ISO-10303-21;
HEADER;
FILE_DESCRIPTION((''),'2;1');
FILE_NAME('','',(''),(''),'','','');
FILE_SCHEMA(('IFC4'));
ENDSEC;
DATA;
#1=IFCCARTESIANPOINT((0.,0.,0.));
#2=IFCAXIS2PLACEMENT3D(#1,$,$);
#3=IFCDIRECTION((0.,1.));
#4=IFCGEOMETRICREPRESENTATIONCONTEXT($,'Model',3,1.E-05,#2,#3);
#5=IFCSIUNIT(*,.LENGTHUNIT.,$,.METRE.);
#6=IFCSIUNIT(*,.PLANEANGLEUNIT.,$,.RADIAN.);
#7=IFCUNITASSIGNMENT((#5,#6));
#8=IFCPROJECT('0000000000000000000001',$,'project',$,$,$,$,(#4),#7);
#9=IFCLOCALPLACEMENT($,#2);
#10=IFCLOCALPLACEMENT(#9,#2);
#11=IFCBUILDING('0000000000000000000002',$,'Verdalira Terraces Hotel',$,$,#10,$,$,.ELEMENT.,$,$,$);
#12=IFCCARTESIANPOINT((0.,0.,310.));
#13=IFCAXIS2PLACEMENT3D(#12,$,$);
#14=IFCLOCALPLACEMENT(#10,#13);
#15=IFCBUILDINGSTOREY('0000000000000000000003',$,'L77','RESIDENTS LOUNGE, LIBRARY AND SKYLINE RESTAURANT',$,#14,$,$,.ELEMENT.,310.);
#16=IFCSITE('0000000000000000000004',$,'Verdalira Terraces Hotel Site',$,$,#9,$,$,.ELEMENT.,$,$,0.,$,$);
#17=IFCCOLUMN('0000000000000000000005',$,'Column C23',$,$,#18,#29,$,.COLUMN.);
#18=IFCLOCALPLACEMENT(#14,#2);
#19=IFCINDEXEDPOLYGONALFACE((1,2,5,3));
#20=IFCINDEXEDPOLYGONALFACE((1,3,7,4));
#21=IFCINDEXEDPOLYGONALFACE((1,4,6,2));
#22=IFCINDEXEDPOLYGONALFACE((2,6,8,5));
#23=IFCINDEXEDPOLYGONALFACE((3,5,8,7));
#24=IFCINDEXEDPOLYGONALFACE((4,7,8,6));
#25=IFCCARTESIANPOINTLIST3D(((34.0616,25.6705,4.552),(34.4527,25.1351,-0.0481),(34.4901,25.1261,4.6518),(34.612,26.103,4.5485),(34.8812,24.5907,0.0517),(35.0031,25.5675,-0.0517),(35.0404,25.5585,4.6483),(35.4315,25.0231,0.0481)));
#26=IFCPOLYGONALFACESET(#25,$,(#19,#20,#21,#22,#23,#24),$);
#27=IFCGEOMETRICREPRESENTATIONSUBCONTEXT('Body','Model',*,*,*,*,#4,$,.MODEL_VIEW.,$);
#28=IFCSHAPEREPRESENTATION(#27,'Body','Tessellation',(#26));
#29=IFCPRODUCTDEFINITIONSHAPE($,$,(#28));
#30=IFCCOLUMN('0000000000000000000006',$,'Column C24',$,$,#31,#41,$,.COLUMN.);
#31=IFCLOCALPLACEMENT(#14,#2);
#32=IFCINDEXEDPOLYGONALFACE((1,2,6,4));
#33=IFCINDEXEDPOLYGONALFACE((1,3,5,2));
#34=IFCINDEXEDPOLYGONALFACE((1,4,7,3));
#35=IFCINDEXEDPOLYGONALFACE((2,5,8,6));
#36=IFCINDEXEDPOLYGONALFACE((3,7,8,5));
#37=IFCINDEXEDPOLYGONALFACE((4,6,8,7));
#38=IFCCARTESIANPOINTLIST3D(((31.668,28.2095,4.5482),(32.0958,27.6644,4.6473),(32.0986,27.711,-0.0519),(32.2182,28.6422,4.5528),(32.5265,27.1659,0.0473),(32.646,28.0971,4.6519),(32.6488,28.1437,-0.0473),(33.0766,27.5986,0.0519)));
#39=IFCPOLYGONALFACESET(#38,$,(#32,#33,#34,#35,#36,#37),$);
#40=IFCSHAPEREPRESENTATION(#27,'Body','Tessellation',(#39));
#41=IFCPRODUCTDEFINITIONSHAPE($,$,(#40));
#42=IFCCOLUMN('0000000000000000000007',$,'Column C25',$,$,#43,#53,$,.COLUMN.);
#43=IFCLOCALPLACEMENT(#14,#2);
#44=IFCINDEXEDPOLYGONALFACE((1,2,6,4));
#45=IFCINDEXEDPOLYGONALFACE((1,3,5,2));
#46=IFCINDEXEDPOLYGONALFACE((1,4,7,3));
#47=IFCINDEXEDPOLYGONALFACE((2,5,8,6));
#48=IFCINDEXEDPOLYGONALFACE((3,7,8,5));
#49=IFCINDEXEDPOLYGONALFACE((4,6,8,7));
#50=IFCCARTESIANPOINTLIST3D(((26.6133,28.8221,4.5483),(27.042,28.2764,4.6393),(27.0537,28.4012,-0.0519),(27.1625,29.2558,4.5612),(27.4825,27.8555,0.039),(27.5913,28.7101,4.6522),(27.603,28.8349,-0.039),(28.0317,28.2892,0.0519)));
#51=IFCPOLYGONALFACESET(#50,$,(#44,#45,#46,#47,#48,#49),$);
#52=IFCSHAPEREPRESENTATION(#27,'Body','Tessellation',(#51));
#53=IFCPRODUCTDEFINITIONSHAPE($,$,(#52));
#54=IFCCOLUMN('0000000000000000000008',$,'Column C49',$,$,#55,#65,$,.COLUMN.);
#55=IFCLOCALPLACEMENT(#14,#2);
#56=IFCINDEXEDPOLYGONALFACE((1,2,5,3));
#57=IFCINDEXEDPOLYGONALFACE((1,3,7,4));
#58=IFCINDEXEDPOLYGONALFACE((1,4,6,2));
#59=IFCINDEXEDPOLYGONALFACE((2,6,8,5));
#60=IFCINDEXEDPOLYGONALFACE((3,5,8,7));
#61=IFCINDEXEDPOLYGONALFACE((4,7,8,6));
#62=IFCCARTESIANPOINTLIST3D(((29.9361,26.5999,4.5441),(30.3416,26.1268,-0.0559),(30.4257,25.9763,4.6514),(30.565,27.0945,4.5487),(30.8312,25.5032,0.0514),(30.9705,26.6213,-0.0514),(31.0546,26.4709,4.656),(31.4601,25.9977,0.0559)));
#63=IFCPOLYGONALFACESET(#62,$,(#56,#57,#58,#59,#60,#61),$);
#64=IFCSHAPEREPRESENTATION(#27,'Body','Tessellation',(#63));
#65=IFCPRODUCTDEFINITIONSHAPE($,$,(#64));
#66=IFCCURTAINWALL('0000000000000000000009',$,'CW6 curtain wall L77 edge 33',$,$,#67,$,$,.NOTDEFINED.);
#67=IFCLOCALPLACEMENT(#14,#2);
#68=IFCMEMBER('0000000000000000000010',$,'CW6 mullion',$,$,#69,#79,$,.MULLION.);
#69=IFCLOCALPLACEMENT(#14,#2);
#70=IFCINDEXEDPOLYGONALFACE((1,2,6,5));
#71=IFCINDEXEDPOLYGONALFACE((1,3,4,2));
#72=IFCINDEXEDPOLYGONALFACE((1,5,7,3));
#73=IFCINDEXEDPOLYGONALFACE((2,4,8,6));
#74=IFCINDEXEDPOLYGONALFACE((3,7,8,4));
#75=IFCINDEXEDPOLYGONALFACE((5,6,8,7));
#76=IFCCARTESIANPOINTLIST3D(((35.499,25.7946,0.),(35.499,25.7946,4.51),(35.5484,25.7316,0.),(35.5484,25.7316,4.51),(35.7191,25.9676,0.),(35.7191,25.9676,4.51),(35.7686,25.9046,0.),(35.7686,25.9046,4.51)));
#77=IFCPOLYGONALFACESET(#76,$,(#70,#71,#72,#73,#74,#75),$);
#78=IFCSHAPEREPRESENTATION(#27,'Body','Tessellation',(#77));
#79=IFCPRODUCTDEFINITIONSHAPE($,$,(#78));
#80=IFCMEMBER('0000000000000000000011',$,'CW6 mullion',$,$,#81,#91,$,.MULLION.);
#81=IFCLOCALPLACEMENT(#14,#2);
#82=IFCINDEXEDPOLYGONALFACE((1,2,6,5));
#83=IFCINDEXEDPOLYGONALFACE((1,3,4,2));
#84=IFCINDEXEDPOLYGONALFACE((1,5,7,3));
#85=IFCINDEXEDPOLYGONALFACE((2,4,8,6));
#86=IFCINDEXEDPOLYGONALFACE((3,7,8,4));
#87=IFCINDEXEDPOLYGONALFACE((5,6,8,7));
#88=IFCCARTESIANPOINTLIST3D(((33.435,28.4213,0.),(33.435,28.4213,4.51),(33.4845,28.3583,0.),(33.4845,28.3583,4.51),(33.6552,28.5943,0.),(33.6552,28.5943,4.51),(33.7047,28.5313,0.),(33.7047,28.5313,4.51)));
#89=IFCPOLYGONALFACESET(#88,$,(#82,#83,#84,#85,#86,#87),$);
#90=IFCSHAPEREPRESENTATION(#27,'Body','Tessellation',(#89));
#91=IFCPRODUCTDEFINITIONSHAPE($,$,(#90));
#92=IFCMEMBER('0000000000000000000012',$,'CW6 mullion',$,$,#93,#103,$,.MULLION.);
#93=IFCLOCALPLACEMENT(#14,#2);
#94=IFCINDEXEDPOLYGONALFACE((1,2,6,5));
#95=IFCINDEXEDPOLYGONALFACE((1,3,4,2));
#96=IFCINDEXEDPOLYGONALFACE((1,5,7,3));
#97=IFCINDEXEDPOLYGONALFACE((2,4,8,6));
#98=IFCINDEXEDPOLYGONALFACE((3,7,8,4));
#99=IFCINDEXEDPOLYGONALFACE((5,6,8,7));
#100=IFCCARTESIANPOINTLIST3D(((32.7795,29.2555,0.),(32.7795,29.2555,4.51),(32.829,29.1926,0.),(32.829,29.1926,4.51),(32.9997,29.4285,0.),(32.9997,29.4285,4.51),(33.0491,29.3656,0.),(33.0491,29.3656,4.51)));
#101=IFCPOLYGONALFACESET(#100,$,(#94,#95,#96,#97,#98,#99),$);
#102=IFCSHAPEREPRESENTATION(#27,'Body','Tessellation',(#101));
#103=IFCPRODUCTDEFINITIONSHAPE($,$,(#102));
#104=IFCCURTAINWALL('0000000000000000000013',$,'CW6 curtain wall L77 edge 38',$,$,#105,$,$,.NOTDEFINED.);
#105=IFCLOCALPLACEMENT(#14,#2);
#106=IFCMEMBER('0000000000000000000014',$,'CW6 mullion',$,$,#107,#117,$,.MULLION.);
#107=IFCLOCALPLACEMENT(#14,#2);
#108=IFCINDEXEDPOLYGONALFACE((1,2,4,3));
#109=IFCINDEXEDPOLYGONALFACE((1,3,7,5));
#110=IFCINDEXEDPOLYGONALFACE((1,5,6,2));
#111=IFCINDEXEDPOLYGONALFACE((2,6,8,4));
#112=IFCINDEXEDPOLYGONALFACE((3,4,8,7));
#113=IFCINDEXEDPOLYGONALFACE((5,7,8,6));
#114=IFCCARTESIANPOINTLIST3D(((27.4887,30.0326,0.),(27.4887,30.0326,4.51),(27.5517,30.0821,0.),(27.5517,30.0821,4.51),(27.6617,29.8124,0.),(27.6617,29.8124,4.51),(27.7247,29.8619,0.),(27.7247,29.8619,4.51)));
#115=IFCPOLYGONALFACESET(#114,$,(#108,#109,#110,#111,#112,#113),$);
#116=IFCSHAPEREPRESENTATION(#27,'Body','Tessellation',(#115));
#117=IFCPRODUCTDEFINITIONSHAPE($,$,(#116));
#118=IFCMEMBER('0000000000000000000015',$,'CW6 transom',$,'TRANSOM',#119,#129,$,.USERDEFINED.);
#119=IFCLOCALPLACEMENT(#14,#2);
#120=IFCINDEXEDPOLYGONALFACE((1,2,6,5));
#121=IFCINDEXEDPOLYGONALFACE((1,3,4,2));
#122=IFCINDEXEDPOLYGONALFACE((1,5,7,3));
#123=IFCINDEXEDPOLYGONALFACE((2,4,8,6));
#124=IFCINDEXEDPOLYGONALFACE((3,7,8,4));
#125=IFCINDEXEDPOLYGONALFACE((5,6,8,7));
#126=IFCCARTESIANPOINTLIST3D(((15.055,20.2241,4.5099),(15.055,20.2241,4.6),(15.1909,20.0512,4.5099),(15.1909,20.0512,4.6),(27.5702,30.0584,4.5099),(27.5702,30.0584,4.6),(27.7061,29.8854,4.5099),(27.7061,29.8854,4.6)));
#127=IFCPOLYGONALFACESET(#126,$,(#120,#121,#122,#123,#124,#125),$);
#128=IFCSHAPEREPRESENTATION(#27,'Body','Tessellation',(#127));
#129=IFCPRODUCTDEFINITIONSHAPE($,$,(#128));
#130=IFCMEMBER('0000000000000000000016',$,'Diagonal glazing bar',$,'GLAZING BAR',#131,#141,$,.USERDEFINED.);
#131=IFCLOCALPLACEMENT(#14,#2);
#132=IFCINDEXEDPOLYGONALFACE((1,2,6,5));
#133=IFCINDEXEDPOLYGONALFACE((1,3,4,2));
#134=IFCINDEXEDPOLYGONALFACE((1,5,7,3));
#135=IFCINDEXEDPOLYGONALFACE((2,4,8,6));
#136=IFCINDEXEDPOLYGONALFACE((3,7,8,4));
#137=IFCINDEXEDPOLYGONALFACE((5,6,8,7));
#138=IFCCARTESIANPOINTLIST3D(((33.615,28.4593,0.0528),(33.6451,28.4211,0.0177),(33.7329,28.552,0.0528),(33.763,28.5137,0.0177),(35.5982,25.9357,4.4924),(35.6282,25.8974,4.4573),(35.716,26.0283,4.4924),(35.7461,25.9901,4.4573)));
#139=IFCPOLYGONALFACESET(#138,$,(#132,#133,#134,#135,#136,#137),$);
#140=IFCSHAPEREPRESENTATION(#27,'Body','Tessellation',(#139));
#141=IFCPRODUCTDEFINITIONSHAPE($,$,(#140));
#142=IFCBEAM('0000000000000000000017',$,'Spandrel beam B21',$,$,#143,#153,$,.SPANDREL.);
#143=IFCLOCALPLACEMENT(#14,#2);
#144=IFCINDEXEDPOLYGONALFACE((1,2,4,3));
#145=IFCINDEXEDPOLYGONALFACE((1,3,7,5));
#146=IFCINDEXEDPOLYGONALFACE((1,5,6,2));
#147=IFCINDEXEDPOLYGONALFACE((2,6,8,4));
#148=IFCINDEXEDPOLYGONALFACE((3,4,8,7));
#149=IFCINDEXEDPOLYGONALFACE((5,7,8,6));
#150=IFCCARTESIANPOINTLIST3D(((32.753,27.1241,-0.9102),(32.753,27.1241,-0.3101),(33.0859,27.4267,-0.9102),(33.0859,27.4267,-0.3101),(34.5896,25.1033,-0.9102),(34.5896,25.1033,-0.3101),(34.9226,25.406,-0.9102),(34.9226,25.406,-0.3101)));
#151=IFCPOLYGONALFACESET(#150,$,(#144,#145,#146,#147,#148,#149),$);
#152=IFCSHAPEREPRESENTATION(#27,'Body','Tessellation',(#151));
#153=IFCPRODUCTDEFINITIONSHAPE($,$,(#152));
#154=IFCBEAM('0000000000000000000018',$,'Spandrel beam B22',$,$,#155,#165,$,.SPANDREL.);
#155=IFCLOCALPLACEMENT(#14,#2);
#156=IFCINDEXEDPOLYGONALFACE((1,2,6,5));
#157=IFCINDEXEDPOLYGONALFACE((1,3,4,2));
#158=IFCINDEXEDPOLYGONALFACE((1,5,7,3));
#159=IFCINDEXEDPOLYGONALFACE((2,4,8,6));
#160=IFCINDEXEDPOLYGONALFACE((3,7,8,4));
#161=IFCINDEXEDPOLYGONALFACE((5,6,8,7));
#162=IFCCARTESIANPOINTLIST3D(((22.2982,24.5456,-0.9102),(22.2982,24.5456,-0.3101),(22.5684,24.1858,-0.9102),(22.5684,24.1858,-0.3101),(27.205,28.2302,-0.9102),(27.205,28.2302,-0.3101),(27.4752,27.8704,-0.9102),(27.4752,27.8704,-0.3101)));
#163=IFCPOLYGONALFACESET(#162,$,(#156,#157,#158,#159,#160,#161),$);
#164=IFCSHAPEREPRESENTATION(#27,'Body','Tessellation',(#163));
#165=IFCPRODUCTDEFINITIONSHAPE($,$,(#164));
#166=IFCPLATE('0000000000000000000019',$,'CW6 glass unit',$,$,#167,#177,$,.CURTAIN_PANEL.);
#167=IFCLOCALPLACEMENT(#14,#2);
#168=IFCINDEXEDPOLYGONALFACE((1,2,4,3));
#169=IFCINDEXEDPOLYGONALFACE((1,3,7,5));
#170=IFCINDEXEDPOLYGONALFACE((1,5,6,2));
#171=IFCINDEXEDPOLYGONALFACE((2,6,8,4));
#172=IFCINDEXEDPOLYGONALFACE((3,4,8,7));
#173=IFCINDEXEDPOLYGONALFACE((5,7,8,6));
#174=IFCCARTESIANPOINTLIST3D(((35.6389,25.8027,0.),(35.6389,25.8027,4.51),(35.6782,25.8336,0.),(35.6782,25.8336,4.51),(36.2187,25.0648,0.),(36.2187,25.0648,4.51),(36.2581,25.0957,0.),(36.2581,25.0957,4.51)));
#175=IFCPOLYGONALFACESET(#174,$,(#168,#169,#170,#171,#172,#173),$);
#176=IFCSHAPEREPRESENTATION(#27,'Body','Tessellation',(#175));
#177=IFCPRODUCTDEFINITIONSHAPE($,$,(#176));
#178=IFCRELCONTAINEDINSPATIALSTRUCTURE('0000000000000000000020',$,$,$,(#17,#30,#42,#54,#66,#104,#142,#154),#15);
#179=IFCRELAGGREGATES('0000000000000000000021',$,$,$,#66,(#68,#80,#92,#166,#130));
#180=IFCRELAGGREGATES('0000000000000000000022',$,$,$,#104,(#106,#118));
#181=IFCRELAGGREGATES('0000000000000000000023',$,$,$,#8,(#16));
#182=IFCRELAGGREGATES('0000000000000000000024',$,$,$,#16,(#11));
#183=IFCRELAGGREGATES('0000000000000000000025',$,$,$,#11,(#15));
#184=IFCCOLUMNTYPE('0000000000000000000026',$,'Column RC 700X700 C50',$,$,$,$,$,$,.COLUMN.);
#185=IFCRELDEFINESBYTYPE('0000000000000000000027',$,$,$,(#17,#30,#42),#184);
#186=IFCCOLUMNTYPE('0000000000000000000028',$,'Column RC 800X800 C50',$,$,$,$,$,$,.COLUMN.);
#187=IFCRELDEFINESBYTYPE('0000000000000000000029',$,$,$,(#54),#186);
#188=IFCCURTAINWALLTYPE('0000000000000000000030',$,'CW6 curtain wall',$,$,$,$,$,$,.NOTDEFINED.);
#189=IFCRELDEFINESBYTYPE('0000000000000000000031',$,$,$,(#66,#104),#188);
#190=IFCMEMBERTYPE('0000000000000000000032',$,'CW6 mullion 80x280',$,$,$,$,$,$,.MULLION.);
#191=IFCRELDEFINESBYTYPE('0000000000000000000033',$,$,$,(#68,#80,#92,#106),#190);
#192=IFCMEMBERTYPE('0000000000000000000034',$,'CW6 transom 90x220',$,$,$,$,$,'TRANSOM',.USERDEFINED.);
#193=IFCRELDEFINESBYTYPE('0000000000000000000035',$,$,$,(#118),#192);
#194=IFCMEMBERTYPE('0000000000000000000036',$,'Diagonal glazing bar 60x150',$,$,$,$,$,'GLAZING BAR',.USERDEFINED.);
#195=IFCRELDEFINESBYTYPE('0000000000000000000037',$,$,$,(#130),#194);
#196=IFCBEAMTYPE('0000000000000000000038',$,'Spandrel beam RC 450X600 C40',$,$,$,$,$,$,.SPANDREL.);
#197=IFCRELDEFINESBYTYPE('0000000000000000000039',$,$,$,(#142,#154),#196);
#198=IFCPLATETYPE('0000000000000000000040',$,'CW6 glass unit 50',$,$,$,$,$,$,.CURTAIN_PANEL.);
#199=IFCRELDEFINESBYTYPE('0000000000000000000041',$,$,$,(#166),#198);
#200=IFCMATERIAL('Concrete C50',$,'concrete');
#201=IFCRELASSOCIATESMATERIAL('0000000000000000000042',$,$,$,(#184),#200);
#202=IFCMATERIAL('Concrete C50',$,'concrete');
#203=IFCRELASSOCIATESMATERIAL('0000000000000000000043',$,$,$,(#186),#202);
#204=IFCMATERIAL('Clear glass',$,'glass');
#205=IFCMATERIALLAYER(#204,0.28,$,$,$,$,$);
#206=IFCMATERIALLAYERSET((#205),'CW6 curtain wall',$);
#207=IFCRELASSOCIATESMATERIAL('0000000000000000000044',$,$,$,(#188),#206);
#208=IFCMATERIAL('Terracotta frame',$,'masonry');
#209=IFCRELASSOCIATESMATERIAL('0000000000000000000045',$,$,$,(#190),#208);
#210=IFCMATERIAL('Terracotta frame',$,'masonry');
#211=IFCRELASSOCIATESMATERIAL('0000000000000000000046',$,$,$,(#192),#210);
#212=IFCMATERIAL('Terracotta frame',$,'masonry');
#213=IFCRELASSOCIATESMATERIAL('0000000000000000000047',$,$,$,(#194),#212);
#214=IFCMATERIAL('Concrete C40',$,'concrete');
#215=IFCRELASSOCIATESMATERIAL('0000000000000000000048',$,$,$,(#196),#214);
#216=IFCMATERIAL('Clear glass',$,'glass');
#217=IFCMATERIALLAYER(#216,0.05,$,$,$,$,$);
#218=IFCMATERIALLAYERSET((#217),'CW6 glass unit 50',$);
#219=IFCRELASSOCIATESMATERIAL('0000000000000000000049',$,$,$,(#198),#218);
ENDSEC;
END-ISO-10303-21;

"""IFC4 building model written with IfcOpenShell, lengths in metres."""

from ifc_helpers import new_model, si_unit, direction, frame, origin, origin_2d, place, context, subcontext, project, spatial, rectangle, extrude, material, layer, layer_set, material_profile, profile_set, type_object, element, aggregate, save


model = new_model("IFC4")

# Units and contexts
model_context = context("Model", 3, precision=1e-05, world=origin(), true_north=direction((0.0, 1.0)))
body_context = subcontext(model_context, "Body", "Model", "MODEL_VIEW")
ifc_project = project(units=[si_unit("LENGTHUNIT", "METRE"), si_unit("PLANEANGLEUNIT", "RADIAN")], contexts=[model_context])

# Site, building, storey
site_placement = place(None, origin())
site = spatial("IfcSite", under=ifc_project, at=site_placement, Name="Verdalira Terraces Hotel Site", CompositionType="ELEMENT", RefElevation=0.0)
building_placement = place(site_placement, origin())
building = spatial("IfcBuilding", under=site, at=building_placement, Name="Verdalira Terraces Hotel", CompositionType="ELEMENT")
storey_placement = place(building_placement, frame((0.0, 0.0, 310.0)))
storey = spatial("IfcBuildingStorey", under=building, at=storey_placement, Name="L77", Description="RESIDENTS LOUNGE, LIBRARY AND SKYLINE RESTAURANT", CompositionType="ELEMENT", Elevation=310.0)

# Columns
ifc_material_1 = material(Name="Concrete C50", Category="concrete")
ifc_material_profile_1 = material_profile(ifc_material_1, rectangle(XDim=0.7, YDim=0.7, at=origin_2d()), Name="RC 700X700")
ifc_profile_set_1 = profile_set([ifc_material_profile_1], Name="Concrete C50")
column_type_1 = type_object("IfcColumnType", Name="Column RC 700X700 C50", PredefinedType="COLUMN", material=ifc_profile_set_1)
column_1_placement = place(storey_placement, frame((34.9421, 25.0791, 0.0), z_axis=(-0.084153, 0.115198, 0.989771), x_axis=(-0.612117, 0.777808, -0.142572)))
element("IfcColumn", 1, at=column_1_placement, inside=storey, type_object=column_type_1, Name="Column C23", PredefinedType="COLUMN", context=body_context, shape_type="SweptSolid", body=[
    extrude(rectangle(XDim=0.7, YDim=0.7, at=origin_2d()), origin(), (0.0, 0.0, 1.0), 4.6477),
])
column_2_placement = place(storey_placement, frame((32.5876, 27.6548, 0.0), z_axis=(-0.092675, 0.10728, 0.9899), x_axis=(-0.611219, 0.778689, -0.141613)))
element("IfcColumn", 2, at=column_2_placement, inside=storey, type_object=column_type_1, Name="Column C24", PredefinedType="COLUMN", context=body_context, shape_type="SweptSolid", body=[
    extrude(rectangle(XDim=0.7, YDim=0.7, at=origin_2d()), origin(), (0.0, 0.0, 1.0), 4.647),
])
column_3_placement = place(storey_placement, frame((27.5427, 28.3452, 0.0), z_axis=(-0.094915, 0.090706, 0.991344), x_axis=(-0.784698, -0.619603, -0.018438)))
element("IfcColumn", 3, at=column_3_placement, inside=storey, type_object=column_type_1, Name="Column C25", PredefinedType="COLUMN", context=body_context, shape_type="SweptSolid", body=[
    extrude(rectangle(XDim=0.7, YDim=0.7, at=origin_2d()), origin(), (0.0, 0.0, 1.0), 4.6404),
])
ifc_material_2 = material(Name="Concrete C50", Category="concrete")
ifc_material_profile_2 = material_profile(ifc_material_2, rectangle(XDim=0.8, YDim=0.8, at=origin_2d()), Name="RC 800X800")
ifc_profile_set_2 = profile_set([ifc_material_profile_2], Name="Concrete C50")
column_type_2 = type_object("IfcColumnType", Name="Column RC 800X800 C50", PredefinedType="COLUMN", material=ifc_profile_set_2)
column_4_placement = place(storey_placement, frame((30.9009, 26.0623, 0.0), z_axis=(-0.087356, 0.101924, 0.990949), x_axis=(0.786076, 0.618104, 0.005721)))
element("IfcColumn", 4, at=column_4_placement, inside=storey, type_object=column_type_2, Name="Column C49", PredefinedType="COLUMN", context=body_context, shape_type="SweptSolid", body=[
    extrude(rectangle(XDim=0.8, YDim=0.8, at=origin_2d()), origin(), (0.0, 0.0, 1.0), 4.6421),
])

# Curtain walls, members
ifc_material_3 = material(Name="Clear glass", Category="glass")
ifc_layer_1 = layer(ifc_material_3, 0.28)
ifc_layer_set_1 = layer_set([ifc_layer_1], Name="CW6 curtain wall")
curtain_wall_type = type_object("IfcCurtainWallType", Name="CW6 curtain wall", PredefinedType="NOTDEFINED", material=ifc_layer_set_1)
curtain_wall_1_placement = place(storey_placement, origin())
curtain_wall_1 = element("IfcCurtainWall", 5, at=curtain_wall_1_placement, inside=storey, type_object=curtain_wall_type, Name="CW6 curtain wall L77 edge 33", PredefinedType="NOTDEFINED")
ifc_material_4 = material(Name="Terracotta frame", Category="masonry")
ifc_material_profile_3 = material_profile(ifc_material_4, rectangle(XDim=0.0801, YDim=0.28, at=origin_2d()), Name="MU 80x280")
ifc_profile_set_3 = profile_set([ifc_material_profile_3], Name="Terracotta frame")
member_type_1 = type_object("IfcMemberType", Name="CW6 mullion 80x280", PredefinedType="MULLION", material=ifc_profile_set_3)
member_1_placement = place(storey_placement, frame((35.6338, 25.8496, 0.0), z_axis=(0.0, 0.0, 1.0), x_axis=(-0.61786, 0.786288, 0.0)))
member_1 = element("IfcMember", 6, at=member_1_placement, type_object=member_type_1, Name="CW6 mullion", PredefinedType="MULLION", context=body_context, shape_type="SweptSolid", body=[
    extrude(rectangle(XDim=0.0801, YDim=0.28, at=origin_2d()), origin(), (0.0, 0.0, 1.0), 4.51),
])
member_2_placement = place(storey_placement, frame((33.5698, 28.4763, 0.0), z_axis=(0.0, 0.0, 1.0), x_axis=(-0.61786, 0.786288, 0.0)))
member_2 = element("IfcMember", 7, at=member_2_placement, type_object=member_type_1, Name="CW6 mullion", PredefinedType="MULLION", context=body_context, shape_type="SweptSolid", body=[
    extrude(rectangle(XDim=0.0801, YDim=0.28, at=origin_2d()), origin(), (0.0, 0.0, 1.0), 4.51),
])
member_3_placement = place(storey_placement, frame((32.9143, 29.3105, 0.0), z_axis=(0.0, 0.0, 1.0), x_axis=(-0.61786, 0.786288, 0.0)))
member_3 = element("IfcMember", 8, at=member_3_placement, type_object=member_type_1, Name="CW6 mullion", PredefinedType="MULLION", context=body_context, shape_type="SweptSolid", body=[
    extrude(rectangle(XDim=0.0801, YDim=0.28, at=origin_2d()), origin(), (0.0, 0.0, 1.0), 4.51),
])
curtain_wall_2_placement = place(storey_placement, origin())
curtain_wall_2 = element("IfcCurtainWall", 9, at=curtain_wall_2_placement, inside=storey, type_object=curtain_wall_type, Name="CW6 curtain wall L77 edge 38", PredefinedType="NOTDEFINED")
member_4_placement = place(storey_placement, frame((27.6067, 29.9473, 0.0), z_axis=(0.0, 0.0, 1.0), x_axis=(-0.786288, -0.61786, 0.0)))
member_4 = element("IfcMember", 10, at=member_4_placement, type_object=member_type_1, Name="CW6 mullion", PredefinedType="MULLION", context=body_context, shape_type="SweptSolid", body=[
    extrude(rectangle(XDim=0.0801, YDim=0.28, at=origin_2d()), origin(), (0.0, 0.0, 1.0), 4.51),
])
ifc_material_5 = material(Name="Terracotta frame", Category="masonry")
ifc_material_profile_4 = material_profile(ifc_material_5, rectangle(XDim=0.22, YDim=0.0901, at=origin_2d()), Name="TR 90x220")
ifc_profile_set_4 = profile_set([ifc_material_profile_4], Name="Terracotta frame")
member_type_2 = type_object("IfcMemberType", Name="CW6 transom 90x220", ElementType="TRANSOM", PredefinedType="USERDEFINED", material=ifc_profile_set_4)
member_5_placement = place(storey_placement, frame((27.6382, 29.9719, 4.5549), z_axis=(-0.786291, -0.617857, 0.0), x_axis=(0.617857, -0.786291, 0.0)))
member_5 = element("IfcMember", 11, at=member_5_placement, type_object=member_type_2, Name="CW6 transom", ObjectType="TRANSOM", PredefinedType="USERDEFINED", context=body_context, shape_type="SweptSolid", body=[
    extrude(rectangle(XDim=0.22, YDim=0.0901, at=origin_2d()), origin(), (0.0, 0.0, 1.0), 15.9167),
])

# Member
ifc_material_6 = material(Name="Terracotta frame", Category="masonry")
ifc_material_profile_5 = material_profile(ifc_material_6, rectangle(XDim=0.1499, YDim=0.0601, at=origin_2d()), Name="GB 60x150")
ifc_profile_set_5 = profile_set([ifc_material_profile_5], Name="Terracotta frame")
member_type_3 = type_object("IfcMemberType", Name="Diagonal glazing bar 60x150", ElementType="GLAZING BAR", PredefinedType="USERDEFINED", material=ifc_profile_set_5)
member_6_placement = place(storey_placement, frame((35.6721, 25.9629, 4.4749), z_axis=(-0.361996, 0.460661, -0.810401), x_axis=(-0.786279, -0.617872, 0.0)))
member_6 = element("IfcMember", 12, at=member_6_placement, type_object=member_type_3, Name="Diagonal glazing bar", ObjectType="GLAZING BAR", PredefinedType="USERDEFINED", context=body_context, shape_type="SweptSolid", body=[
    extrude(rectangle(XDim=0.1499, YDim=0.0601, at=origin_2d()), origin(), (0.0, 0.0, 1.0), 5.4783),
])

# Beams
ifc_material_7 = material(Name="Concrete C40", Category="concrete")
ifc_material_profile_6 = material_profile(ifc_material_7, rectangle(XDim=0.45, YDim=0.6001, at=origin_2d()), Name="RC 450X600")
ifc_profile_set_6 = profile_set([ifc_material_profile_6], Name="Concrete C40")
beam_type = type_object("IfcBeamType", Name="Spandrel beam RC 450X600 C40", PredefinedType="SPANDREL", material=ifc_profile_set_6)
beam_1_placement = place(storey_placement, frame((34.7561, 25.2546, -0.6101), z_axis=(-0.672597, 0.740009, 0.0), x_axis=(-0.740009, -0.672597, 0.0)))
element("IfcBeam", 13, at=beam_1_placement, inside=storey, type_object=beam_type, Name="Spandrel beam B21", PredefinedType="SPANDREL", context=body_context, shape_type="SweptSolid", body=[
    extrude(rectangle(XDim=0.45, YDim=0.6001, at=origin_2d()), origin(), (0.0, 0.0, 1.0), 2.7307),
])
beam_2_placement = place(storey_placement, frame((27.3401, 28.0503, -0.6101), z_axis=(-0.799647, -0.600471, 0.0), x_axis=(0.600471, -0.799647, 0.0)))
element("IfcBeam", 14, at=beam_2_placement, inside=storey, type_object=beam_type, Name="Spandrel beam B22", PredefinedType="SPANDREL", context=body_context, shape_type="SweptSolid", body=[
    extrude(rectangle(XDim=0.45, YDim=0.6001, at=origin_2d()), origin(), (0.0, 0.0, 1.0), 6.1362),
])

# Plate
ifc_material_8 = material(Name="Clear glass", Category="glass")
ifc_layer_2 = layer(ifc_material_8, 0.05)
ifc_layer_set_2 = layer_set([ifc_layer_2], Name="CW6 glass unit 50")
plate_type = type_object("IfcPlateType", Name="CW6 glass unit 50", PredefinedType="CURTAIN_PANEL", material=ifc_layer_set_2)
plate_1_placement = place(storey_placement, frame((35.9485, 25.4492, 0.0), z_axis=(0.0, 0.0, 1.0), x_axis=(-0.61786, 0.786288, 0.0)))
plate_1 = element("IfcPlate", 15, at=plate_1_placement, type_object=plate_type, Name="CW6 glass unit", PredefinedType="CURTAIN_PANEL", context=body_context, shape_type="SweptSolid", body=[
    extrude(rectangle(XDim=0.9385, YDim=0.05, at=origin_2d()), origin(), (0.0, 0.0, 1.0), 4.51),
])
aggregate(curtain_wall_1, [member_1, member_2, member_3, plate_1, member_6])
aggregate(curtain_wall_2, [member_4, member_5])

save(model, "model.ifc")
